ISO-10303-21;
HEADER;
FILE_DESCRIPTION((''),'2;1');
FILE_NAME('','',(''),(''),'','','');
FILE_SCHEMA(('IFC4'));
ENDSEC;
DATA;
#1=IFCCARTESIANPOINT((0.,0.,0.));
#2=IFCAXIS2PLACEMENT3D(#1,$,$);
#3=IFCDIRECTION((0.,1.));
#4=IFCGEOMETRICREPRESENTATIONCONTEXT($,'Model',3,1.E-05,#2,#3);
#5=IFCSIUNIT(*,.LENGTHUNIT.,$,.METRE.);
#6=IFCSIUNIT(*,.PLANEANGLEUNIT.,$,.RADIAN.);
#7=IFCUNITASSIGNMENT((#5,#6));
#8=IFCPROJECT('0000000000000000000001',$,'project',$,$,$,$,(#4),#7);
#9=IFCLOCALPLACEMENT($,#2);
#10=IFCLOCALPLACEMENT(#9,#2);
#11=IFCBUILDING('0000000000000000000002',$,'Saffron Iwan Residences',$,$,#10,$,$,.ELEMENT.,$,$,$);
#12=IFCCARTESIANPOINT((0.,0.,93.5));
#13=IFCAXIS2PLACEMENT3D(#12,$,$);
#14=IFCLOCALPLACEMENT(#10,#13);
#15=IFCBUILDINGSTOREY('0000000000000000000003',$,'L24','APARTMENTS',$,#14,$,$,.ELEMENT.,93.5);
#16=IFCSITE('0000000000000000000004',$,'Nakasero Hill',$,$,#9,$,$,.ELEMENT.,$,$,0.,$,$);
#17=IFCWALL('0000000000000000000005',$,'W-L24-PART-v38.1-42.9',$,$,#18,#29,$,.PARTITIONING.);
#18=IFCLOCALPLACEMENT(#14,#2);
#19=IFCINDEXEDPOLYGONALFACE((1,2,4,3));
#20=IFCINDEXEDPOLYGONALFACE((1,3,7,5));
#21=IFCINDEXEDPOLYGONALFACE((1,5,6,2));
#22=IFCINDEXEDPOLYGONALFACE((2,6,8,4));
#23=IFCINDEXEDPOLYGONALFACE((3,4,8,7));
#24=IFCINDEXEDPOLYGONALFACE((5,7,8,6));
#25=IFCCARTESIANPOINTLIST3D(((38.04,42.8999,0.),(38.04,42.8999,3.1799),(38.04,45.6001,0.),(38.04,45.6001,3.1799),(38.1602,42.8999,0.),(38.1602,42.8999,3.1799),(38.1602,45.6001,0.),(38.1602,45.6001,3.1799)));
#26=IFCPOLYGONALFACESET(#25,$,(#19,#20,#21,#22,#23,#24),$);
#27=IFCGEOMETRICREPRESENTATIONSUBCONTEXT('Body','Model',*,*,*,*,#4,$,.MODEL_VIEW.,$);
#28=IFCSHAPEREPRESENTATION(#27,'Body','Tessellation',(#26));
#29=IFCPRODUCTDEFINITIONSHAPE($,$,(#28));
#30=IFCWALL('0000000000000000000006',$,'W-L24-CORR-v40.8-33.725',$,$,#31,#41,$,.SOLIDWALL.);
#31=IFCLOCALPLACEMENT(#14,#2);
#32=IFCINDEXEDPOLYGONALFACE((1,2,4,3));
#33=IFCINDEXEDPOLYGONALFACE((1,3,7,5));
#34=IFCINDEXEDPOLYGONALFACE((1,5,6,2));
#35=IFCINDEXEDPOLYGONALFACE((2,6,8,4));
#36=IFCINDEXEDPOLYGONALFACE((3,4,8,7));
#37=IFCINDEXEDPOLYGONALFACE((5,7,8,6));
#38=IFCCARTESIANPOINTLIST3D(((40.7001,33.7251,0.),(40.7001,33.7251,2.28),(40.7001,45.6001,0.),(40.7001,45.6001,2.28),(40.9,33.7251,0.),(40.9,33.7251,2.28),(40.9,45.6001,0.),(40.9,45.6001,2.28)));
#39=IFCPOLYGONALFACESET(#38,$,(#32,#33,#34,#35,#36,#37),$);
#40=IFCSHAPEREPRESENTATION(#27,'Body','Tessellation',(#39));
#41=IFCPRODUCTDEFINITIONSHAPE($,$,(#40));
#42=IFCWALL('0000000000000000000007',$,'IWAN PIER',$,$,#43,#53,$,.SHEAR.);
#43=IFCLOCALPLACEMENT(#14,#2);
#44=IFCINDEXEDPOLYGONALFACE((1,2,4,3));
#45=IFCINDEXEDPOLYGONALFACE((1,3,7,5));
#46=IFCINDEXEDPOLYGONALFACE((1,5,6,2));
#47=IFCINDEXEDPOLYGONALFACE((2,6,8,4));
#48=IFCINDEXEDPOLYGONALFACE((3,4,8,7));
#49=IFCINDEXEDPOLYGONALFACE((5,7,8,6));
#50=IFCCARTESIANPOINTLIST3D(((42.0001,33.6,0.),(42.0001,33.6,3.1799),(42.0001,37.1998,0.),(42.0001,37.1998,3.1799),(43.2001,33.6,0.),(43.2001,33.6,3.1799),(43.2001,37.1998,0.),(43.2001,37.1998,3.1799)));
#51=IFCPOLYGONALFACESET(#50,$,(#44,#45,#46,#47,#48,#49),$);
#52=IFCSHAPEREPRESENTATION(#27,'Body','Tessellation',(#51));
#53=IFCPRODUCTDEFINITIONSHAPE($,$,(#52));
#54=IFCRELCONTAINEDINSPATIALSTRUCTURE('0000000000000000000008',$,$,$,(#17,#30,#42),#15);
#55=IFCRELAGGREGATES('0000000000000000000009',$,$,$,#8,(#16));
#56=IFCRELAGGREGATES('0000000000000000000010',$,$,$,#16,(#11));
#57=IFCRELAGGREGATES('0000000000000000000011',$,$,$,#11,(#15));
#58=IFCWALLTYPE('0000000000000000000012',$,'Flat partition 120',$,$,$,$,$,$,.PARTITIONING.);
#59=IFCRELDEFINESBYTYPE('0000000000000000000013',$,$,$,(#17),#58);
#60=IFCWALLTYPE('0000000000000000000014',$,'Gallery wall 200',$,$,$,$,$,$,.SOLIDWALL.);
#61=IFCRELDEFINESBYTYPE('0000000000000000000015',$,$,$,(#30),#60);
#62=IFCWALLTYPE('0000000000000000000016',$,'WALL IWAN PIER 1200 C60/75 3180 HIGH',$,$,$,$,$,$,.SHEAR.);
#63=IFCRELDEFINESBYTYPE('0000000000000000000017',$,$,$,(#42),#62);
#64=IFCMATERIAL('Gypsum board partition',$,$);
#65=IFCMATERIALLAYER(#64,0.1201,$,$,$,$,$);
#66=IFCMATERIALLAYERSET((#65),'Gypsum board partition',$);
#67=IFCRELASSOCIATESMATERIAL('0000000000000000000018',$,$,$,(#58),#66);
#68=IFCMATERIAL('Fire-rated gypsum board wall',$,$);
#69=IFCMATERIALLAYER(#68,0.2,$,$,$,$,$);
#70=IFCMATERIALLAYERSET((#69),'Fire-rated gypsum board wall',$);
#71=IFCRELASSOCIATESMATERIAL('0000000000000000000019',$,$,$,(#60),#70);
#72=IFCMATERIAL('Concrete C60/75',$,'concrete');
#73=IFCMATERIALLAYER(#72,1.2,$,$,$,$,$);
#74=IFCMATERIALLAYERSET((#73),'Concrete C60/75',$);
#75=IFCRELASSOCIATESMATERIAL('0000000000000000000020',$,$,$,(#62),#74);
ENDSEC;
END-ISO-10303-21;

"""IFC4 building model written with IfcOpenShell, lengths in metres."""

from ifc_helpers import new_model, si_unit, direction, frame, frame_2d, origin, place, context, subcontext, project, spatial, rectangle, extrude, material, layer, layer_set, type_object, element, save


model = new_model("IFC4")

# Units and contexts
model_context = context("Model", 3, precision=1e-05, world=origin(), true_north=direction((0.0, 1.0)))
body_context = subcontext(model_context, "Body", "Model", "MODEL_VIEW")
ifc_project = project(units=[si_unit("LENGTHUNIT", "METRE"), si_unit("PLANEANGLEUNIT", "RADIAN")], contexts=[model_context])

# Site, building, storey
site_placement = place(None, origin())
site = spatial("IfcSite", under=ifc_project, at=site_placement, Name="Nakasero Hill", CompositionType="ELEMENT", RefElevation=0.0)
building_placement = place(site_placement, origin())
building = spatial("IfcBuilding", under=site, at=building_placement, Name="Saffron Iwan Residences", CompositionType="ELEMENT")
storey_placement = place(building_placement, frame((0.0, 0.0, 93.5)))
storey = spatial("IfcBuildingStorey", under=building, at=storey_placement, Name="L24", Description="APARTMENTS", CompositionType="ELEMENT", Elevation=93.5)

# Shared definitions
ifc_material_1 = material(Name="Concrete C60/75", Category="concrete")

# Shared definitions
ifc_material_2 = material(Name="Gypsum board partition")
ifc_layer_1 = layer(ifc_material_2, 0.1201)
ifc_layer_set_1 = layer_set([ifc_layer_1], Name="Gypsum board partition")
wall_type_1 = type_object("IfcWallType", Name="Flat partition 120", PredefinedType="PARTITIONING", material=ifc_layer_set_1)

# Walls
wall_1_placement = place(storey_placement, frame((38.1001, 42.8999, 0.0), z_axis=(0.0, 0.0, 1.0), x_axis=(0.0, 1.0, 0.0)))
element("IfcWall", 1, at=wall_1_placement, inside=storey, type_object=wall_type_1, Name="W-L24-PART-v38.1-42.9", PredefinedType="PARTITIONING", context=body_context, shape_type="SweptSolid", body=[
    extrude(rectangle(XDim=2.7002, YDim=0.1201, at=frame_2d((1.3501, 0.0))), origin(), (0.0, 0.0, 1.0), 3.1799),
])
ifc_material_3 = material(Name="Fire-rated gypsum board wall")
ifc_layer_2 = layer(ifc_material_3, 0.2)
ifc_layer_set_2 = layer_set([ifc_layer_2], Name="Fire-rated gypsum board wall")
wall_type_2 = type_object("IfcWallType", Name="Gallery wall 200", PredefinedType="SOLIDWALL", material=ifc_layer_set_2)
wall_2_placement = place(storey_placement, frame((40.8, 33.7251, 0.0), z_axis=(0.0, 0.0, 1.0), x_axis=(0.0, 1.0, 0.0)))
element("IfcWall", 2, at=wall_2_placement, inside=storey, type_object=wall_type_2, Name="W-L24-CORR-v40.8-33.725", PredefinedType="SOLIDWALL", context=body_context, shape_type="SweptSolid", body=[
    extrude(rectangle(XDim=11.875, YDim=0.2, at=frame_2d((5.9375, 0.0))), origin(), (0.0, 0.0, 1.0), 2.28),
])
ifc_layer_3 = layer(ifc_material_1, 1.2)
ifc_layer_set_3 = layer_set([ifc_layer_3], Name="Concrete C60/75")
wall_type_3 = type_object("IfcWallType", Name="WALL IWAN PIER 1200 C60/75 3180 HIGH", PredefinedType="SHEAR", material=ifc_layer_set_3)
wall_3_placement = place(storey_placement, frame((42.6001, 33.6001, 0.0), z_axis=(0.0, 0.0, 1.0), x_axis=(0.0, 1.0, 0.0)))
element("IfcWall", 3, at=wall_3_placement, inside=storey, type_object=wall_type_3, Name="IWAN PIER", PredefinedType="SHEAR", context=body_context, shape_type="SweptSolid", body=[
    extrude(rectangle(XDim=3.5999, YDim=1.2, at=frame_2d((1.7998, 0.0))), origin(), (0.0, 0.0, 1.0), 3.1799),
])

save(model, "model.ifc")
